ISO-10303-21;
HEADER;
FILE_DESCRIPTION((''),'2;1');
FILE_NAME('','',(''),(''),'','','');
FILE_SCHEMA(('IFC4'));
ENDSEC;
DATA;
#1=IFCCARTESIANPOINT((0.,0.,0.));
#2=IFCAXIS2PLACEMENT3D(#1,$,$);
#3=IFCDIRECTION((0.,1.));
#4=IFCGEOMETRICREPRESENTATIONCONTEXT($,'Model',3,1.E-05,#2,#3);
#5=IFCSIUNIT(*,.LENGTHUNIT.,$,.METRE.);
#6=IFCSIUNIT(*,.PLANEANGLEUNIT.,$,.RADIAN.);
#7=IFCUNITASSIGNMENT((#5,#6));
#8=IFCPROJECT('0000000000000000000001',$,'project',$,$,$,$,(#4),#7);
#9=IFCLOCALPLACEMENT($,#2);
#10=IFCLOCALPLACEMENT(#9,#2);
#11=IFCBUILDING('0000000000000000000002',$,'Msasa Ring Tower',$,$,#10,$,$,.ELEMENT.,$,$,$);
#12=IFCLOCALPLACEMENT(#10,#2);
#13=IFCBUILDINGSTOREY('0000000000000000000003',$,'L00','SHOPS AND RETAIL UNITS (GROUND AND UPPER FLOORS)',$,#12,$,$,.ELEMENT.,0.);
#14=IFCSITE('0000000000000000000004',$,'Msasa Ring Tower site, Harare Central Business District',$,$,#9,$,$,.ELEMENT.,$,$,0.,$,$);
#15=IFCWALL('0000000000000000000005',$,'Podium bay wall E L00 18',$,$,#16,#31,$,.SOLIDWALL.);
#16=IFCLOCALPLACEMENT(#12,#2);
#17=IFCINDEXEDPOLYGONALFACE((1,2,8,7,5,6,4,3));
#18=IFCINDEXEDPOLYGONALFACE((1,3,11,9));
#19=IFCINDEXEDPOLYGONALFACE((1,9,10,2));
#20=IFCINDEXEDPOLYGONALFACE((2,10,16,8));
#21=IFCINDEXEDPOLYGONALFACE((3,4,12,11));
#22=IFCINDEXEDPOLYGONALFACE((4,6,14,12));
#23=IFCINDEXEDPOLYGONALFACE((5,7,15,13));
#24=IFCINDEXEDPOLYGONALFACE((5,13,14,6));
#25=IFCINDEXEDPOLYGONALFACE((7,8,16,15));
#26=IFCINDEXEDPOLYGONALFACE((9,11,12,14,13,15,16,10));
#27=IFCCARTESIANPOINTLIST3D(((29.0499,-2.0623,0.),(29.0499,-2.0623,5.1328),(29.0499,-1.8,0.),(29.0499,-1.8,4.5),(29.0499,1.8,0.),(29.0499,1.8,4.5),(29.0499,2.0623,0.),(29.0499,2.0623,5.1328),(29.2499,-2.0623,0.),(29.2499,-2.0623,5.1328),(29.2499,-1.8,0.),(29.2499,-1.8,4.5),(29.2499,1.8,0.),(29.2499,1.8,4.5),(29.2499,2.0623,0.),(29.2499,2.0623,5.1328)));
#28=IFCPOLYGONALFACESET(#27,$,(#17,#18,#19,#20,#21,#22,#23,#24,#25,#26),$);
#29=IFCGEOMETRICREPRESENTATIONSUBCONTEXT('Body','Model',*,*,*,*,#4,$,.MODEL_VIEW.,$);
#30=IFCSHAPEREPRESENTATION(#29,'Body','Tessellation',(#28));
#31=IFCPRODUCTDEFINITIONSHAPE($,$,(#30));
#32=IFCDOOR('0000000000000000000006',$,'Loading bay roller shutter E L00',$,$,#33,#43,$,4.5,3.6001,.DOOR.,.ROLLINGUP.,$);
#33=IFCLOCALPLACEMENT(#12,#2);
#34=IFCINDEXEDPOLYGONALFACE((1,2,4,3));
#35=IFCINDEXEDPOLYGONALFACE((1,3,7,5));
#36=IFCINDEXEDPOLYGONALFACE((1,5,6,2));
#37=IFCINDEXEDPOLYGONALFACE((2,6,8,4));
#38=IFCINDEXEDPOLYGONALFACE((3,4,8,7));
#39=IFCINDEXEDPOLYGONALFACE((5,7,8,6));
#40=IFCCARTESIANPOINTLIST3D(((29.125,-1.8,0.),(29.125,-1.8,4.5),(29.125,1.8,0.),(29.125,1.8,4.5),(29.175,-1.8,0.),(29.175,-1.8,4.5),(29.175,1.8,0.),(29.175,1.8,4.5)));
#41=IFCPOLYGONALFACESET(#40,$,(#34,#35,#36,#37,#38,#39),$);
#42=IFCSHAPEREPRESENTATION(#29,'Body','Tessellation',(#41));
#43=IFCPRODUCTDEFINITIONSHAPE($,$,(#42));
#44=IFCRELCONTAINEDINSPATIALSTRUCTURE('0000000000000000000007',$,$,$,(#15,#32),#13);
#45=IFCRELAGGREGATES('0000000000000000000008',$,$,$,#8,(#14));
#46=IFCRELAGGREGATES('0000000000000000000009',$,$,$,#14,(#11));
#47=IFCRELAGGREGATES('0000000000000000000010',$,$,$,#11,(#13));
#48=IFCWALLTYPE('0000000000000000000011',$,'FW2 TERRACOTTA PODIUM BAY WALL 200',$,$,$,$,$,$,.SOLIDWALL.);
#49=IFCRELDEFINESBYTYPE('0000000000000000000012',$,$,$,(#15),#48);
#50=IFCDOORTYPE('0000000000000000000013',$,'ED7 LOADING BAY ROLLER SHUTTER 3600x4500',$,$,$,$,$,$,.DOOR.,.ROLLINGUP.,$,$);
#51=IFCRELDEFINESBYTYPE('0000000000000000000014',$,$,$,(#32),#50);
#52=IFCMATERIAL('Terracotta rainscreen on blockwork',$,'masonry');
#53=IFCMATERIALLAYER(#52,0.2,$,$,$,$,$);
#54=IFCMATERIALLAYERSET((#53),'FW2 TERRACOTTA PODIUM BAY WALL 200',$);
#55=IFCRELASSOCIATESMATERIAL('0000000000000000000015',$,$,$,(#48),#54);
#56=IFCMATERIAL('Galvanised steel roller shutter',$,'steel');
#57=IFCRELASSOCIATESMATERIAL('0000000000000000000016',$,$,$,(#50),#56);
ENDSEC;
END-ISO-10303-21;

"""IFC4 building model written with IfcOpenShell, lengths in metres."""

from ifc_helpers import new_model, si_unit, direction, frame, frame_2d, origin, place, context, subcontext, project, spatial, rectangle, extrude, material, layer, layer_set, type_object, element, fill, save


model = new_model("IFC4")

# Units and contexts
model_context = context("Model", 3, precision=1e-05, world=origin(), true_north=direction((0.0, 1.0)))
body_context = subcontext(model_context, "Body", "Model", "MODEL_VIEW")
ifc_project = project(units=[si_unit("LENGTHUNIT", "METRE"), si_unit("PLANEANGLEUNIT", "RADIAN")], contexts=[model_context])

# Site, building, storey
site_placement = place(None, origin())
site = spatial("IfcSite", under=ifc_project, at=site_placement, Name="Msasa Ring Tower site, Harare Central Business District", CompositionType="ELEMENT", RefElevation=0.0)
building_placement = place(site_placement, origin())
building = spatial("IfcBuilding", under=site, at=building_placement, Name="Msasa Ring Tower", CompositionType="ELEMENT")
storey_placement = place(building_placement, origin())
storey = spatial("IfcBuildingStorey", under=building, at=storey_placement, Name="L00", Description="SHOPS AND RETAIL UNITS (GROUND AND UPPER FLOORS)", CompositionType="ELEMENT", Elevation=0.0)

# Shared definitions
ifc_material_1 = material(Name="Terracotta rainscreen on blockwork", Category="masonry")
ifc_layer = layer(ifc_material_1, 0.2)
ifc_layer_set = layer_set([ifc_layer], Name="FW2 TERRACOTTA PODIUM BAY WALL 200")
wall_type = type_object("IfcWallType", Name="FW2 TERRACOTTA PODIUM BAY WALL 200", PredefinedType="SOLIDWALL", material=ifc_layer_set)

# Wall, opening, door
wall_1_placement = place(storey_placement, frame((29.1499, -2.0623, 0.0), z_axis=(0.0, 0.0, 1.0), x_axis=(0.0, 1.0, 0.0)))
wall_1 = element("IfcWall", 1, at=wall_1_placement, inside=storey, type_object=wall_type, Name="Podium bay wall E L00 18", PredefinedType="SOLIDWALL", context=body_context, shape_type="SweptSolid", body=[
    extrude(rectangle(XDim=4.1245, YDim=0.2, at=frame_2d((2.0623, 0.0))), origin(), (0.0, 0.0, 1.0), 5.1328),
])
opening_1_placement = place(wall_1_placement, frame((0.2622, 0.0, 0.0)))
opening_1 = element("IfcOpeningElement", 2, at=opening_1_placement, cuts=wall_1, PredefinedType="OPENING", context=body_context, shape_type="SweptSolid", body=[
    extrude(rectangle(XDim=3.6001, YDim=4.5, at=frame_2d((1.8, 2.25))), frame((0.0, 0.1099, 0.0), z_axis=(0.0, -1.0, 0.0), x_axis=(1.0, 0.0, 0.0)), (0.0, 0.0, 1.0), 0.22),
])
ifc_material_2 = material(Name="Galvanised steel roller shutter", Category="steel")
door_type_1 = type_object("IfcDoorType", Name="ED7 LOADING BAY ROLLER SHUTTER 3600x4500", OperationType="ROLLINGUP", PredefinedType="DOOR", material=ifc_material_2)
door_1_placement = place(opening_1_placement, origin())
door_1 = element("IfcDoor", 3, at=door_1_placement, inside=storey, type_object=door_type_1, Name="Loading bay roller shutter E L00", OperationType="ROLLINGUP", OverallHeight=4.5, OverallWidth=3.6001, PredefinedType="DOOR", context=body_context, shape_type="SweptSolid", body=[
    extrude(rectangle(XDim=3.6001, YDim=4.5, at=frame_2d((1.8, 2.25))), frame((0.0, 0.0249, 0.0), z_axis=(0.0, -1.0, 0.0), x_axis=(1.0, 0.0, 0.0)), (0.0, 0.0, 1.0), 0.05),
])
fill(opening_1, door_1)

save(model, "model.ifc")
